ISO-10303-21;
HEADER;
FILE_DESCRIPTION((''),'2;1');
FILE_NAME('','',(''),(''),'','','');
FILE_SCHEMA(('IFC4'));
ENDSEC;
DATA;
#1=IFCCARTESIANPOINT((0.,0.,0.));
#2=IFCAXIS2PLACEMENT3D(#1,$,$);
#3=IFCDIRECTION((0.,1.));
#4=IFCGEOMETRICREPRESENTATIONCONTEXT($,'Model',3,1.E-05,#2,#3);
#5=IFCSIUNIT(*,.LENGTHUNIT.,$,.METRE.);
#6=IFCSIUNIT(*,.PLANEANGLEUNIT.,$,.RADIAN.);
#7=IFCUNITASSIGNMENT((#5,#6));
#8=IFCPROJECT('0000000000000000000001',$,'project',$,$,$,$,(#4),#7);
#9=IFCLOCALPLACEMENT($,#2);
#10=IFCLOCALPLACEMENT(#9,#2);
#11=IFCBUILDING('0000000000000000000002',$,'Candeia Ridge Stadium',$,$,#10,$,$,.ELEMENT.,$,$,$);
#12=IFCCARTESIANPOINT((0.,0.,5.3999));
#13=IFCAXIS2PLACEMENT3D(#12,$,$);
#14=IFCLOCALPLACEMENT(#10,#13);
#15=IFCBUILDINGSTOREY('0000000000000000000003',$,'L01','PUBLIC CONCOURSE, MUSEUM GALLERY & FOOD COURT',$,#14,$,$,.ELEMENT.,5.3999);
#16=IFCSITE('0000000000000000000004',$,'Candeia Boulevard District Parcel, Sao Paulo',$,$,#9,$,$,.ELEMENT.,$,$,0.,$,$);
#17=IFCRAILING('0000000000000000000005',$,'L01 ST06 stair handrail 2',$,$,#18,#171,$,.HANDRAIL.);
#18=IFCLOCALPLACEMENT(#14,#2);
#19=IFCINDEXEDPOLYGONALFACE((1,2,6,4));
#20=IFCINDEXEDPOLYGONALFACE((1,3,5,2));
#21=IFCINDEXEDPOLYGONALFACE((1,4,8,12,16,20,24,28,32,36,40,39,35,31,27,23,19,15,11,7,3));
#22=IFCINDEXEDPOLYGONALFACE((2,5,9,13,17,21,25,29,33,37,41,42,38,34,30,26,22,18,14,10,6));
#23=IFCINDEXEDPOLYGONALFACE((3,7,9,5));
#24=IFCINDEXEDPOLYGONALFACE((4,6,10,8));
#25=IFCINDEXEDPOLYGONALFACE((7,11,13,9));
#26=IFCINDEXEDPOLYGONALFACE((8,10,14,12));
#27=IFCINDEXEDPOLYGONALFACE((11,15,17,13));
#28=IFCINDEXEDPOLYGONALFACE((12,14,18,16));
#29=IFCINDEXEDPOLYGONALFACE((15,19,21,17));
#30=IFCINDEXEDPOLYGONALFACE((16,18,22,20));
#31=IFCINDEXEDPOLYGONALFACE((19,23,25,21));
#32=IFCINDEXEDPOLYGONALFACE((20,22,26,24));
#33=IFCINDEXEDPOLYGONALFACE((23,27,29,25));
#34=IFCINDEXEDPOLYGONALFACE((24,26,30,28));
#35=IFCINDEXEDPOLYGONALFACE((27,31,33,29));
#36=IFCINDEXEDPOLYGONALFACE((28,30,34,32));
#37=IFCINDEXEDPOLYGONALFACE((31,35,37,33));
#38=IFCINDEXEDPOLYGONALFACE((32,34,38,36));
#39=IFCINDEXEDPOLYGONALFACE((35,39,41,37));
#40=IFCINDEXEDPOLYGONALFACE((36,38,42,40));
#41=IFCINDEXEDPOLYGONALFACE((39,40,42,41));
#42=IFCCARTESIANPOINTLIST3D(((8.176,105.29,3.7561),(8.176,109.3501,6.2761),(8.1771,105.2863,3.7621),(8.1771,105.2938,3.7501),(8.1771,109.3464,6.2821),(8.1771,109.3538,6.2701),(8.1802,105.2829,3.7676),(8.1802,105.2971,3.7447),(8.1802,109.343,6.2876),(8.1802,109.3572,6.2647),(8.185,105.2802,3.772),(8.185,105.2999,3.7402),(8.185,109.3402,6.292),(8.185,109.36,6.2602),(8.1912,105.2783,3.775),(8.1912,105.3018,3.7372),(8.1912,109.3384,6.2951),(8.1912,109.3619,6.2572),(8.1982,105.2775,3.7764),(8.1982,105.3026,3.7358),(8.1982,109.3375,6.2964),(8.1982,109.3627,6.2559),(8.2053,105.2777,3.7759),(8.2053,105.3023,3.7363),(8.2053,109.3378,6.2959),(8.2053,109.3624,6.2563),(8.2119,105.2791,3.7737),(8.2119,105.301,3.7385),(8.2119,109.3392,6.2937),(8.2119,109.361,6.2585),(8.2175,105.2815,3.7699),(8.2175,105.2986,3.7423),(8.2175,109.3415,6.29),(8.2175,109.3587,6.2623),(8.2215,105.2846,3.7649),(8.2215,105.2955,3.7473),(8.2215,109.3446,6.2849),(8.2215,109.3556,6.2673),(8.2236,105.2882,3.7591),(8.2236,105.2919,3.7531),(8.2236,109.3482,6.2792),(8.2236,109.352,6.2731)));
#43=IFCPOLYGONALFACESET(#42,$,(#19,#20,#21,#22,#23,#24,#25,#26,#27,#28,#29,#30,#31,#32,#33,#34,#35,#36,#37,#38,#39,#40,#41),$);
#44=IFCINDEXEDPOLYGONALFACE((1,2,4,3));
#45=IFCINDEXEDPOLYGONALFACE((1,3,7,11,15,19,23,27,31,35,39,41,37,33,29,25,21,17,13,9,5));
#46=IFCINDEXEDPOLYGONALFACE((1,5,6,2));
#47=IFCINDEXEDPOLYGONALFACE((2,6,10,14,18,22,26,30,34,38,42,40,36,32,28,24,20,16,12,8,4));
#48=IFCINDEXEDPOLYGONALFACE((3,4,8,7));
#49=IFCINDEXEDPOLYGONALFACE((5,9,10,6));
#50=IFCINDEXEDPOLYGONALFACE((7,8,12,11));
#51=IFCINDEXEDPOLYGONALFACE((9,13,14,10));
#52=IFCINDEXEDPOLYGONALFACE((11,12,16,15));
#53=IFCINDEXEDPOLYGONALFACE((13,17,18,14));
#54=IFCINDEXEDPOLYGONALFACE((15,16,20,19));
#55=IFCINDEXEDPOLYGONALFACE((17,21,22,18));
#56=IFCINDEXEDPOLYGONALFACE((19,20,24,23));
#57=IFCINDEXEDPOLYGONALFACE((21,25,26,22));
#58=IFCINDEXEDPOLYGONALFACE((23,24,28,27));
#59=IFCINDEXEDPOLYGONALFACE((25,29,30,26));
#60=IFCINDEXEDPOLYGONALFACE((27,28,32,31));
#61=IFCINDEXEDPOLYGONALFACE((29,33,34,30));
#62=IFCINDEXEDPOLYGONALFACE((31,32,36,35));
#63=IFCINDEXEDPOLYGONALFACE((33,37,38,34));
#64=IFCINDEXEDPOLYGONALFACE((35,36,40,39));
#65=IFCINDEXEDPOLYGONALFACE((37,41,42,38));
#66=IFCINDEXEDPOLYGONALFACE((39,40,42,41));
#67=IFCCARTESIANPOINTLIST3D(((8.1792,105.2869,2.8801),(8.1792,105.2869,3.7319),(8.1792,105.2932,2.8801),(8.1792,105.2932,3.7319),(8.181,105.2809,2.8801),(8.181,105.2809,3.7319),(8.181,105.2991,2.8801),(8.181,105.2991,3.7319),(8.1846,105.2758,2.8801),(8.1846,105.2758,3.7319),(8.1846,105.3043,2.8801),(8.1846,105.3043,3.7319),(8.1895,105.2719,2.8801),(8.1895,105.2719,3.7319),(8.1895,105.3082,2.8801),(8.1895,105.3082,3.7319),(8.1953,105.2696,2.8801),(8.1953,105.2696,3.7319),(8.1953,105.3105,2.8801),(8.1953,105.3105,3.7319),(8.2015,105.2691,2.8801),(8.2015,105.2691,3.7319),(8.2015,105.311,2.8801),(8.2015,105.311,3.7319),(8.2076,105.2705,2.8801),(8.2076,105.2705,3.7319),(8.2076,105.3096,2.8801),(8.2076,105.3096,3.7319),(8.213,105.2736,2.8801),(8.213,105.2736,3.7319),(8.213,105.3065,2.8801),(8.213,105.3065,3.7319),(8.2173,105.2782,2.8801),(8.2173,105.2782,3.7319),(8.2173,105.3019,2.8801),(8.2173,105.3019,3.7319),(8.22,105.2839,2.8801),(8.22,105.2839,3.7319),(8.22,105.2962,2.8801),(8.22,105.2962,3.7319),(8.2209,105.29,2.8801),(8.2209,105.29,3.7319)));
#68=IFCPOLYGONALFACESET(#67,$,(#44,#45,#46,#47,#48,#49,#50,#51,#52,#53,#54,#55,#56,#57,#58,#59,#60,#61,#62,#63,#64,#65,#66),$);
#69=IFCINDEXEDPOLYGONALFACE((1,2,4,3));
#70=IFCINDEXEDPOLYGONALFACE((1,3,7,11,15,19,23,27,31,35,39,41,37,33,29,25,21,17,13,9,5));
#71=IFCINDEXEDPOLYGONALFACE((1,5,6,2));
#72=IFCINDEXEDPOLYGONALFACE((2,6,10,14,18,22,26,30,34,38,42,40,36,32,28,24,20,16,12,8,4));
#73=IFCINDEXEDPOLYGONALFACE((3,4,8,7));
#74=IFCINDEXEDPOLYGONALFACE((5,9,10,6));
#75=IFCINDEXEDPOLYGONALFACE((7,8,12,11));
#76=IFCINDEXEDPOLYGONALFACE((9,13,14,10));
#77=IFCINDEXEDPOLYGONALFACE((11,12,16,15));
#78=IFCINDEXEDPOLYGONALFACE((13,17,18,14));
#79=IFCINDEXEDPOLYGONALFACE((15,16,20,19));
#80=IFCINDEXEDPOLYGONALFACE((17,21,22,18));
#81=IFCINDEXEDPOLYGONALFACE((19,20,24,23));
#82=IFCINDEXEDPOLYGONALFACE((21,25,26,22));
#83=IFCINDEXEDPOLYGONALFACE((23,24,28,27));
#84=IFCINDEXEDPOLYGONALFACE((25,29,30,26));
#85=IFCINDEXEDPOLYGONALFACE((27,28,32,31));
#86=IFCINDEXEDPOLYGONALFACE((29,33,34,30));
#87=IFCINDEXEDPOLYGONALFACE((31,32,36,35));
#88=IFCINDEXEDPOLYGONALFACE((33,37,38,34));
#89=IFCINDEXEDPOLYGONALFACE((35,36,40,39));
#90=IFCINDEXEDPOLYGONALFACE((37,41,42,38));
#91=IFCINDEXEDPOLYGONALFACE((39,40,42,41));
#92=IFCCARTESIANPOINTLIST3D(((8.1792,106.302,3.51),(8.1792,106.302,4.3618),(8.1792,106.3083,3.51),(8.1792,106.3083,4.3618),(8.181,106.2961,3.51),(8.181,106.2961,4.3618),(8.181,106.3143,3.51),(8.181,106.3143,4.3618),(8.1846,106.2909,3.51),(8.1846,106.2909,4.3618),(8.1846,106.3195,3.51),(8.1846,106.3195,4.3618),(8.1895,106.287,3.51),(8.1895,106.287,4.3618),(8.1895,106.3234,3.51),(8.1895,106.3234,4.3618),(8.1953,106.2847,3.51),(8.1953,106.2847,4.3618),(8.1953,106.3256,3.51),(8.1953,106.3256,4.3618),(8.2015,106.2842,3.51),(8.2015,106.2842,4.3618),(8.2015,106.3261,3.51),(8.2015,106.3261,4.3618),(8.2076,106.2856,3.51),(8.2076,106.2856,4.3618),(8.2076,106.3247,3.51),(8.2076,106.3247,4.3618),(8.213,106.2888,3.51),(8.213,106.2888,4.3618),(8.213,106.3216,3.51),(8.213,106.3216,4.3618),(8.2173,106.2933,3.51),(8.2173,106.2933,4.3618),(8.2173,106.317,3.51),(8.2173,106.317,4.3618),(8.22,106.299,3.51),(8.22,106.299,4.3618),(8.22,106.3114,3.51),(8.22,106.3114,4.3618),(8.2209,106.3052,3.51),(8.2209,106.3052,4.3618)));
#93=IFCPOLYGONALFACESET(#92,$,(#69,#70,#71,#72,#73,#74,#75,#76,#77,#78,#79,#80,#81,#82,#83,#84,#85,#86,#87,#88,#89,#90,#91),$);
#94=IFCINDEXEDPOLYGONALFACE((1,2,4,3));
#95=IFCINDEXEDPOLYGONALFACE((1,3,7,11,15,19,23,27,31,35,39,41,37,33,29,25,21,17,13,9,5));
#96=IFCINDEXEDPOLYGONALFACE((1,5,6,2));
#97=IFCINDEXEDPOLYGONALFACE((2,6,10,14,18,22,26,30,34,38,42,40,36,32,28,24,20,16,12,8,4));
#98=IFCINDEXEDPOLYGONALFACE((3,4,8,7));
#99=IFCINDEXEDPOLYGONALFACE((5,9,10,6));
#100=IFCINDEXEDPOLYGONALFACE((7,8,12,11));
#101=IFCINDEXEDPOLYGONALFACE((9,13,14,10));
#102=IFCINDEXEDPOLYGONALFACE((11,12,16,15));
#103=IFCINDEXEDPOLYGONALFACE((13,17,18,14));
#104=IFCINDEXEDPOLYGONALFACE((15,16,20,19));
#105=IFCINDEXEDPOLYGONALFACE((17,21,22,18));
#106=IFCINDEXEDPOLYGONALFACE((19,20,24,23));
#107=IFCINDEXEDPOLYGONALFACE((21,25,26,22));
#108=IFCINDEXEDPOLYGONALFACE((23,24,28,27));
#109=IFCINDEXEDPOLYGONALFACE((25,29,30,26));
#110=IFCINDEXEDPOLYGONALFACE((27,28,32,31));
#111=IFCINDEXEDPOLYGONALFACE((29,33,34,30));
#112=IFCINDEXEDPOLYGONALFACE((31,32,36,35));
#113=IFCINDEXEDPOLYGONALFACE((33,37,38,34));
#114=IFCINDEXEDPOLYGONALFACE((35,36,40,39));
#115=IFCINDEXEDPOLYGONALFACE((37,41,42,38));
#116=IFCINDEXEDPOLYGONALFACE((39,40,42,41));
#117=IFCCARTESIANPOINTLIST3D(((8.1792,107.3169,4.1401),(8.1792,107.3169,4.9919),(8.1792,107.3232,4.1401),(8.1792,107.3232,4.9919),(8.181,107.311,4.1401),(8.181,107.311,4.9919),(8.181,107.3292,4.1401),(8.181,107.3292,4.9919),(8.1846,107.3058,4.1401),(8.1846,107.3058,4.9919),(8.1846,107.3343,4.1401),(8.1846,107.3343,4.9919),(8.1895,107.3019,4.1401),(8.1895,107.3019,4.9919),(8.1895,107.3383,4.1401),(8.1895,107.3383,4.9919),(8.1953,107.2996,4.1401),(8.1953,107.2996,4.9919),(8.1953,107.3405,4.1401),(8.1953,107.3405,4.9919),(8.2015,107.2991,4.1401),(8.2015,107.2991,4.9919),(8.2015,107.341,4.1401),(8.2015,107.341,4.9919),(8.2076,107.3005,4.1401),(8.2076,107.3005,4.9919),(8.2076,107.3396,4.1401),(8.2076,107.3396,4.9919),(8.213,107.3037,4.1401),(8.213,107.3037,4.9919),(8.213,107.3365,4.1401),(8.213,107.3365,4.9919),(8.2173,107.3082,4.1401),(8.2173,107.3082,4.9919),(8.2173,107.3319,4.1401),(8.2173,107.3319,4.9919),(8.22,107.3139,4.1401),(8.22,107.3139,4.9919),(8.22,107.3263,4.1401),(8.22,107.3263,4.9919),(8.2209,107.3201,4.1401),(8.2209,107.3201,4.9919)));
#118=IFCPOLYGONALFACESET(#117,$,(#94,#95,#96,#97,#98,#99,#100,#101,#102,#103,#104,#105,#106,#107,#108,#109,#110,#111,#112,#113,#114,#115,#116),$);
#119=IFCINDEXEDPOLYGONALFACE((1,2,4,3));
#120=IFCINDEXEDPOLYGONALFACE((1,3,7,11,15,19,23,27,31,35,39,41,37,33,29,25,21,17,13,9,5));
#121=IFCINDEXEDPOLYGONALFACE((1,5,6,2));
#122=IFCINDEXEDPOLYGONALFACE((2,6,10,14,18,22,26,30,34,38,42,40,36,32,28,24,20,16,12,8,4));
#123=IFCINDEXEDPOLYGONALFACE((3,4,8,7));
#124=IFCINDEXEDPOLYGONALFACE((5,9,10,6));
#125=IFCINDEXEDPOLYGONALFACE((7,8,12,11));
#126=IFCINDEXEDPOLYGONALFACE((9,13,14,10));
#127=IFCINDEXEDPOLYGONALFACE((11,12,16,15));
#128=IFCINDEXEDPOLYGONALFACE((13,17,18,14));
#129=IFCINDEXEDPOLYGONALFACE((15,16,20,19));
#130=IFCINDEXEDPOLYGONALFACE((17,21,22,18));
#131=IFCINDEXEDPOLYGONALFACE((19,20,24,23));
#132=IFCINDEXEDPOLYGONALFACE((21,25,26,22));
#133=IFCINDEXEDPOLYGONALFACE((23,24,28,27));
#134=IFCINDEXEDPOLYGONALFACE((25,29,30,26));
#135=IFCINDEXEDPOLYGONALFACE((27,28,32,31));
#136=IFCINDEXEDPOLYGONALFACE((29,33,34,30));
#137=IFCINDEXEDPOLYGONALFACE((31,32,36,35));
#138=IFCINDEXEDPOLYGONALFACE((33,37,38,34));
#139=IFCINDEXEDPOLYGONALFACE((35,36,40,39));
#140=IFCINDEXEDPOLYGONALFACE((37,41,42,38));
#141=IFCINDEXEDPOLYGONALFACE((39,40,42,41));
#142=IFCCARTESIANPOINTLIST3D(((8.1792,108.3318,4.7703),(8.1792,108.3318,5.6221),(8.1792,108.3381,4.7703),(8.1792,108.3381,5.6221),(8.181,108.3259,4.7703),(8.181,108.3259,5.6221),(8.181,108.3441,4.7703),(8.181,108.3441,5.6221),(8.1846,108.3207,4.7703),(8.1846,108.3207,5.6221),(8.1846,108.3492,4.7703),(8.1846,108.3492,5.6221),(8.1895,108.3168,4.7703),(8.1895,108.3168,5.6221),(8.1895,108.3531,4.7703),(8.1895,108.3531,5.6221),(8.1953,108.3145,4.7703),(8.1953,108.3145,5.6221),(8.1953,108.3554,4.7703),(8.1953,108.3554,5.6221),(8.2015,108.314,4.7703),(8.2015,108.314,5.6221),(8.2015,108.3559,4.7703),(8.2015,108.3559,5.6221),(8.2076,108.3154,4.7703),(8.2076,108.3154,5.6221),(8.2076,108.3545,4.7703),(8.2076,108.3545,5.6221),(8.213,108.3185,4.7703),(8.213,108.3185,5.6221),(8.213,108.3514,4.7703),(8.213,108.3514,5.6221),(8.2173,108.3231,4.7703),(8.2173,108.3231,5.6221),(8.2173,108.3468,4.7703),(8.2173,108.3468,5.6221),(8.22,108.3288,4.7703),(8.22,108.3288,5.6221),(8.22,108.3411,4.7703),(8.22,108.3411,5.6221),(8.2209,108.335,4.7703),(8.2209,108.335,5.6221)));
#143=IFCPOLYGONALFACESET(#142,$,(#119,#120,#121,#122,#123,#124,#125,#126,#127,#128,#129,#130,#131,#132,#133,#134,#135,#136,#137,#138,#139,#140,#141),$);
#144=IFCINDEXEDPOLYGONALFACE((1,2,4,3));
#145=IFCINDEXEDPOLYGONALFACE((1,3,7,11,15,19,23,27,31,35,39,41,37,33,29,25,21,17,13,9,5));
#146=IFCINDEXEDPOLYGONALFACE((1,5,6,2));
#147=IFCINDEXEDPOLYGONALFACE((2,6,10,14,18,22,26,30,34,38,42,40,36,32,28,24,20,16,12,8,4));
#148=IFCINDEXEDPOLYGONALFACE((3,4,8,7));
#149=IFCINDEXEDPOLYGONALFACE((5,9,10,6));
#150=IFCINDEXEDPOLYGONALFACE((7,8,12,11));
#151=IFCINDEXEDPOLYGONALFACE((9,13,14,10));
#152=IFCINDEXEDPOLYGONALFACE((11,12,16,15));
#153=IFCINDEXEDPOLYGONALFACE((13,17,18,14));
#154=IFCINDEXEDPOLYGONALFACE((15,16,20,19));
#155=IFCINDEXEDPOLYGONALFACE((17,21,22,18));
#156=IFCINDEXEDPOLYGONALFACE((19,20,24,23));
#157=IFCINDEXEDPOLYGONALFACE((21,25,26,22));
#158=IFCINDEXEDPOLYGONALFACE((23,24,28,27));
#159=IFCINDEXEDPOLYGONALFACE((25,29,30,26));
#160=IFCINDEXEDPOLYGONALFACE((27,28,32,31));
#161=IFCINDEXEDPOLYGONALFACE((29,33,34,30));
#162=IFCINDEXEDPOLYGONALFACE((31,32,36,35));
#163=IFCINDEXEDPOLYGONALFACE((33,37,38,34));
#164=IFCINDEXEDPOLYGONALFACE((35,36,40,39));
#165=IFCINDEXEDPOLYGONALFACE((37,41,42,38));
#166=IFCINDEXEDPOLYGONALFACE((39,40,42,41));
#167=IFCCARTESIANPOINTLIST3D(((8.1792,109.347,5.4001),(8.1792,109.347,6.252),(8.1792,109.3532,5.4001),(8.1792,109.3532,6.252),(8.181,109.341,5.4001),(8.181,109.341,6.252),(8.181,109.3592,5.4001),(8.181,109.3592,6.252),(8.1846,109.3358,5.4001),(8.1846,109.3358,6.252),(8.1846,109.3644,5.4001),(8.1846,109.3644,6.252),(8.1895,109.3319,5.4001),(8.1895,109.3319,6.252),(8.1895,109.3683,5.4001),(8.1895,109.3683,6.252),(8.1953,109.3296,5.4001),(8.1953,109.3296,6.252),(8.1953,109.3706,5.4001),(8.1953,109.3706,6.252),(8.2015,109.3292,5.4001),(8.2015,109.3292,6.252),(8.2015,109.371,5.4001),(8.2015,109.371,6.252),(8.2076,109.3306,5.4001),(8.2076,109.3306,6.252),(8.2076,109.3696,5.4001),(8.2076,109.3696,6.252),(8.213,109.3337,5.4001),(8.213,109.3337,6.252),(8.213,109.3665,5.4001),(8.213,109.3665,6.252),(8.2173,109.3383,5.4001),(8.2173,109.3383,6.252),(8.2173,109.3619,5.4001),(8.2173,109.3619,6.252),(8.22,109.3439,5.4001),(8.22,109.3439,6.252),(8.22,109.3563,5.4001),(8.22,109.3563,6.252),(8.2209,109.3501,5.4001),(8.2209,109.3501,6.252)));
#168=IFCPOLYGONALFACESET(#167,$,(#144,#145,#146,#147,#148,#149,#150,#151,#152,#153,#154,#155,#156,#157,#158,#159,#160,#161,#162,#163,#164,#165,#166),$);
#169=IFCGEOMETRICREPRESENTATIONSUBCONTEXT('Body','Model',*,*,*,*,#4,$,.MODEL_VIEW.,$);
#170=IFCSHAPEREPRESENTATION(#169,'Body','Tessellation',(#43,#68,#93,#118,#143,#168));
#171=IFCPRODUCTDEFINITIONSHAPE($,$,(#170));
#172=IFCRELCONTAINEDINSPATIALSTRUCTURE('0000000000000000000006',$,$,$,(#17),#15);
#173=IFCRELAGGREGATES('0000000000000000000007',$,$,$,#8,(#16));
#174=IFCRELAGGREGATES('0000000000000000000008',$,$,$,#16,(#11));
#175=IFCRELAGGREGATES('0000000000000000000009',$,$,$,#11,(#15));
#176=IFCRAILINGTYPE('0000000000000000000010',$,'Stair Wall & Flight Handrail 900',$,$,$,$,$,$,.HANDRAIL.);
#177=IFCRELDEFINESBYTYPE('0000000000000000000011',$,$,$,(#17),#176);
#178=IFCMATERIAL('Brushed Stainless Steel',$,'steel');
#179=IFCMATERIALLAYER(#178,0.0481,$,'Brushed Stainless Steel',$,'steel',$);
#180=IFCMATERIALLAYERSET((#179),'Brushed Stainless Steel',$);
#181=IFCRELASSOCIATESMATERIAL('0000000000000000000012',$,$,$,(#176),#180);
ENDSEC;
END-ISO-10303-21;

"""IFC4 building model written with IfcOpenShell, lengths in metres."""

from ifc_helpers import new_model, si_unit, direction, frame, origin, origin_2d, place, context, subcontext, project, spatial, circle, extrude, material, layer, layer_set, type_object, element, save


model = new_model("IFC4")

# Units and contexts
model_context = context("Model", 3, precision=1e-05, world=origin(), true_north=direction((0.0, 1.0)))
body_context = subcontext(model_context, "Body", "Model", "MODEL_VIEW")
ifc_project = project(units=[si_unit("LENGTHUNIT", "METRE"), si_unit("PLANEANGLEUNIT", "RADIAN")], contexts=[model_context])

# Site, building, storey
site_placement = place(None, origin())
site = spatial("IfcSite", under=ifc_project, at=site_placement, Name="Candeia Boulevard District Parcel, Sao Paulo", CompositionType="ELEMENT", RefElevation=0.0)
building_placement = place(site_placement, origin())
building = spatial("IfcBuilding", under=site, at=building_placement, Name="Candeia Ridge Stadium", CompositionType="ELEMENT")
storey_placement = place(building_placement, frame((0.0, 0.0, 5.3999)))
storey = spatial("IfcBuildingStorey", under=building, at=storey_placement, Name="L01", Description="PUBLIC CONCOURSE, MUSEUM GALLERY & FOOD COURT", CompositionType="ELEMENT", Elevation=5.3999)

# Railing
ifc_material_1 = material(Name="Brushed Stainless Steel", Category="steel")
ifc_layer_1 = layer(ifc_material_1, 0.0481, Name="Brushed Stainless Steel", Category="steel")
ifc_layer_set_1 = layer_set([ifc_layer_1], Name="Brushed Stainless Steel")
railing_type_1 = type_object("IfcRailingType", Name="Stair Wall & Flight Handrail 900", PredefinedType="HANDRAIL", material=ifc_layer_set_1)
railing_1_placement = place(storey_placement, frame((8.2, 105.29, 2.8801)))
element("IfcRailing", 1, at=railing_1_placement, inside=storey, type_object=railing_type_1, Name="L01 ST06 stair handrail 2", PredefinedType="HANDRAIL", context=body_context, shape_type="SweptSolid", body=[
    extrude(circle(Radius=0.0239, at=origin_2d()), frame((0.0, 0.0, 0.876), z_axis=(0.0, 0.849642, 0.52736), x_axis=(-1.0, 0.0, 0.0)), (0.0, 0.0, 1.0), 4.7786),
    extrude(circle(Radius=0.021, at=origin_2d()), origin(), (0.0, 0.0, 1.0), 0.8518),
    extrude(circle(Radius=0.021, at=origin_2d()), frame((0.0, 1.0151, 0.6299)), (0.0, 0.0, 1.0), 0.8518),
    extrude(circle(Radius=0.021, at=origin_2d()), frame((0.0, 2.03, 1.26)), (0.0, 0.0, 1.0), 0.8518),
    extrude(circle(Radius=0.021, at=origin_2d()), frame((0.0, 3.0449, 1.8901)), (0.0, 0.0, 1.0), 0.8518),
    extrude(circle(Radius=0.021, at=origin_2d()), frame((0.0, 4.0601, 2.52)), (0.0, 0.0, 1.0), 0.8518),
])

save(model, "model.ifc")
